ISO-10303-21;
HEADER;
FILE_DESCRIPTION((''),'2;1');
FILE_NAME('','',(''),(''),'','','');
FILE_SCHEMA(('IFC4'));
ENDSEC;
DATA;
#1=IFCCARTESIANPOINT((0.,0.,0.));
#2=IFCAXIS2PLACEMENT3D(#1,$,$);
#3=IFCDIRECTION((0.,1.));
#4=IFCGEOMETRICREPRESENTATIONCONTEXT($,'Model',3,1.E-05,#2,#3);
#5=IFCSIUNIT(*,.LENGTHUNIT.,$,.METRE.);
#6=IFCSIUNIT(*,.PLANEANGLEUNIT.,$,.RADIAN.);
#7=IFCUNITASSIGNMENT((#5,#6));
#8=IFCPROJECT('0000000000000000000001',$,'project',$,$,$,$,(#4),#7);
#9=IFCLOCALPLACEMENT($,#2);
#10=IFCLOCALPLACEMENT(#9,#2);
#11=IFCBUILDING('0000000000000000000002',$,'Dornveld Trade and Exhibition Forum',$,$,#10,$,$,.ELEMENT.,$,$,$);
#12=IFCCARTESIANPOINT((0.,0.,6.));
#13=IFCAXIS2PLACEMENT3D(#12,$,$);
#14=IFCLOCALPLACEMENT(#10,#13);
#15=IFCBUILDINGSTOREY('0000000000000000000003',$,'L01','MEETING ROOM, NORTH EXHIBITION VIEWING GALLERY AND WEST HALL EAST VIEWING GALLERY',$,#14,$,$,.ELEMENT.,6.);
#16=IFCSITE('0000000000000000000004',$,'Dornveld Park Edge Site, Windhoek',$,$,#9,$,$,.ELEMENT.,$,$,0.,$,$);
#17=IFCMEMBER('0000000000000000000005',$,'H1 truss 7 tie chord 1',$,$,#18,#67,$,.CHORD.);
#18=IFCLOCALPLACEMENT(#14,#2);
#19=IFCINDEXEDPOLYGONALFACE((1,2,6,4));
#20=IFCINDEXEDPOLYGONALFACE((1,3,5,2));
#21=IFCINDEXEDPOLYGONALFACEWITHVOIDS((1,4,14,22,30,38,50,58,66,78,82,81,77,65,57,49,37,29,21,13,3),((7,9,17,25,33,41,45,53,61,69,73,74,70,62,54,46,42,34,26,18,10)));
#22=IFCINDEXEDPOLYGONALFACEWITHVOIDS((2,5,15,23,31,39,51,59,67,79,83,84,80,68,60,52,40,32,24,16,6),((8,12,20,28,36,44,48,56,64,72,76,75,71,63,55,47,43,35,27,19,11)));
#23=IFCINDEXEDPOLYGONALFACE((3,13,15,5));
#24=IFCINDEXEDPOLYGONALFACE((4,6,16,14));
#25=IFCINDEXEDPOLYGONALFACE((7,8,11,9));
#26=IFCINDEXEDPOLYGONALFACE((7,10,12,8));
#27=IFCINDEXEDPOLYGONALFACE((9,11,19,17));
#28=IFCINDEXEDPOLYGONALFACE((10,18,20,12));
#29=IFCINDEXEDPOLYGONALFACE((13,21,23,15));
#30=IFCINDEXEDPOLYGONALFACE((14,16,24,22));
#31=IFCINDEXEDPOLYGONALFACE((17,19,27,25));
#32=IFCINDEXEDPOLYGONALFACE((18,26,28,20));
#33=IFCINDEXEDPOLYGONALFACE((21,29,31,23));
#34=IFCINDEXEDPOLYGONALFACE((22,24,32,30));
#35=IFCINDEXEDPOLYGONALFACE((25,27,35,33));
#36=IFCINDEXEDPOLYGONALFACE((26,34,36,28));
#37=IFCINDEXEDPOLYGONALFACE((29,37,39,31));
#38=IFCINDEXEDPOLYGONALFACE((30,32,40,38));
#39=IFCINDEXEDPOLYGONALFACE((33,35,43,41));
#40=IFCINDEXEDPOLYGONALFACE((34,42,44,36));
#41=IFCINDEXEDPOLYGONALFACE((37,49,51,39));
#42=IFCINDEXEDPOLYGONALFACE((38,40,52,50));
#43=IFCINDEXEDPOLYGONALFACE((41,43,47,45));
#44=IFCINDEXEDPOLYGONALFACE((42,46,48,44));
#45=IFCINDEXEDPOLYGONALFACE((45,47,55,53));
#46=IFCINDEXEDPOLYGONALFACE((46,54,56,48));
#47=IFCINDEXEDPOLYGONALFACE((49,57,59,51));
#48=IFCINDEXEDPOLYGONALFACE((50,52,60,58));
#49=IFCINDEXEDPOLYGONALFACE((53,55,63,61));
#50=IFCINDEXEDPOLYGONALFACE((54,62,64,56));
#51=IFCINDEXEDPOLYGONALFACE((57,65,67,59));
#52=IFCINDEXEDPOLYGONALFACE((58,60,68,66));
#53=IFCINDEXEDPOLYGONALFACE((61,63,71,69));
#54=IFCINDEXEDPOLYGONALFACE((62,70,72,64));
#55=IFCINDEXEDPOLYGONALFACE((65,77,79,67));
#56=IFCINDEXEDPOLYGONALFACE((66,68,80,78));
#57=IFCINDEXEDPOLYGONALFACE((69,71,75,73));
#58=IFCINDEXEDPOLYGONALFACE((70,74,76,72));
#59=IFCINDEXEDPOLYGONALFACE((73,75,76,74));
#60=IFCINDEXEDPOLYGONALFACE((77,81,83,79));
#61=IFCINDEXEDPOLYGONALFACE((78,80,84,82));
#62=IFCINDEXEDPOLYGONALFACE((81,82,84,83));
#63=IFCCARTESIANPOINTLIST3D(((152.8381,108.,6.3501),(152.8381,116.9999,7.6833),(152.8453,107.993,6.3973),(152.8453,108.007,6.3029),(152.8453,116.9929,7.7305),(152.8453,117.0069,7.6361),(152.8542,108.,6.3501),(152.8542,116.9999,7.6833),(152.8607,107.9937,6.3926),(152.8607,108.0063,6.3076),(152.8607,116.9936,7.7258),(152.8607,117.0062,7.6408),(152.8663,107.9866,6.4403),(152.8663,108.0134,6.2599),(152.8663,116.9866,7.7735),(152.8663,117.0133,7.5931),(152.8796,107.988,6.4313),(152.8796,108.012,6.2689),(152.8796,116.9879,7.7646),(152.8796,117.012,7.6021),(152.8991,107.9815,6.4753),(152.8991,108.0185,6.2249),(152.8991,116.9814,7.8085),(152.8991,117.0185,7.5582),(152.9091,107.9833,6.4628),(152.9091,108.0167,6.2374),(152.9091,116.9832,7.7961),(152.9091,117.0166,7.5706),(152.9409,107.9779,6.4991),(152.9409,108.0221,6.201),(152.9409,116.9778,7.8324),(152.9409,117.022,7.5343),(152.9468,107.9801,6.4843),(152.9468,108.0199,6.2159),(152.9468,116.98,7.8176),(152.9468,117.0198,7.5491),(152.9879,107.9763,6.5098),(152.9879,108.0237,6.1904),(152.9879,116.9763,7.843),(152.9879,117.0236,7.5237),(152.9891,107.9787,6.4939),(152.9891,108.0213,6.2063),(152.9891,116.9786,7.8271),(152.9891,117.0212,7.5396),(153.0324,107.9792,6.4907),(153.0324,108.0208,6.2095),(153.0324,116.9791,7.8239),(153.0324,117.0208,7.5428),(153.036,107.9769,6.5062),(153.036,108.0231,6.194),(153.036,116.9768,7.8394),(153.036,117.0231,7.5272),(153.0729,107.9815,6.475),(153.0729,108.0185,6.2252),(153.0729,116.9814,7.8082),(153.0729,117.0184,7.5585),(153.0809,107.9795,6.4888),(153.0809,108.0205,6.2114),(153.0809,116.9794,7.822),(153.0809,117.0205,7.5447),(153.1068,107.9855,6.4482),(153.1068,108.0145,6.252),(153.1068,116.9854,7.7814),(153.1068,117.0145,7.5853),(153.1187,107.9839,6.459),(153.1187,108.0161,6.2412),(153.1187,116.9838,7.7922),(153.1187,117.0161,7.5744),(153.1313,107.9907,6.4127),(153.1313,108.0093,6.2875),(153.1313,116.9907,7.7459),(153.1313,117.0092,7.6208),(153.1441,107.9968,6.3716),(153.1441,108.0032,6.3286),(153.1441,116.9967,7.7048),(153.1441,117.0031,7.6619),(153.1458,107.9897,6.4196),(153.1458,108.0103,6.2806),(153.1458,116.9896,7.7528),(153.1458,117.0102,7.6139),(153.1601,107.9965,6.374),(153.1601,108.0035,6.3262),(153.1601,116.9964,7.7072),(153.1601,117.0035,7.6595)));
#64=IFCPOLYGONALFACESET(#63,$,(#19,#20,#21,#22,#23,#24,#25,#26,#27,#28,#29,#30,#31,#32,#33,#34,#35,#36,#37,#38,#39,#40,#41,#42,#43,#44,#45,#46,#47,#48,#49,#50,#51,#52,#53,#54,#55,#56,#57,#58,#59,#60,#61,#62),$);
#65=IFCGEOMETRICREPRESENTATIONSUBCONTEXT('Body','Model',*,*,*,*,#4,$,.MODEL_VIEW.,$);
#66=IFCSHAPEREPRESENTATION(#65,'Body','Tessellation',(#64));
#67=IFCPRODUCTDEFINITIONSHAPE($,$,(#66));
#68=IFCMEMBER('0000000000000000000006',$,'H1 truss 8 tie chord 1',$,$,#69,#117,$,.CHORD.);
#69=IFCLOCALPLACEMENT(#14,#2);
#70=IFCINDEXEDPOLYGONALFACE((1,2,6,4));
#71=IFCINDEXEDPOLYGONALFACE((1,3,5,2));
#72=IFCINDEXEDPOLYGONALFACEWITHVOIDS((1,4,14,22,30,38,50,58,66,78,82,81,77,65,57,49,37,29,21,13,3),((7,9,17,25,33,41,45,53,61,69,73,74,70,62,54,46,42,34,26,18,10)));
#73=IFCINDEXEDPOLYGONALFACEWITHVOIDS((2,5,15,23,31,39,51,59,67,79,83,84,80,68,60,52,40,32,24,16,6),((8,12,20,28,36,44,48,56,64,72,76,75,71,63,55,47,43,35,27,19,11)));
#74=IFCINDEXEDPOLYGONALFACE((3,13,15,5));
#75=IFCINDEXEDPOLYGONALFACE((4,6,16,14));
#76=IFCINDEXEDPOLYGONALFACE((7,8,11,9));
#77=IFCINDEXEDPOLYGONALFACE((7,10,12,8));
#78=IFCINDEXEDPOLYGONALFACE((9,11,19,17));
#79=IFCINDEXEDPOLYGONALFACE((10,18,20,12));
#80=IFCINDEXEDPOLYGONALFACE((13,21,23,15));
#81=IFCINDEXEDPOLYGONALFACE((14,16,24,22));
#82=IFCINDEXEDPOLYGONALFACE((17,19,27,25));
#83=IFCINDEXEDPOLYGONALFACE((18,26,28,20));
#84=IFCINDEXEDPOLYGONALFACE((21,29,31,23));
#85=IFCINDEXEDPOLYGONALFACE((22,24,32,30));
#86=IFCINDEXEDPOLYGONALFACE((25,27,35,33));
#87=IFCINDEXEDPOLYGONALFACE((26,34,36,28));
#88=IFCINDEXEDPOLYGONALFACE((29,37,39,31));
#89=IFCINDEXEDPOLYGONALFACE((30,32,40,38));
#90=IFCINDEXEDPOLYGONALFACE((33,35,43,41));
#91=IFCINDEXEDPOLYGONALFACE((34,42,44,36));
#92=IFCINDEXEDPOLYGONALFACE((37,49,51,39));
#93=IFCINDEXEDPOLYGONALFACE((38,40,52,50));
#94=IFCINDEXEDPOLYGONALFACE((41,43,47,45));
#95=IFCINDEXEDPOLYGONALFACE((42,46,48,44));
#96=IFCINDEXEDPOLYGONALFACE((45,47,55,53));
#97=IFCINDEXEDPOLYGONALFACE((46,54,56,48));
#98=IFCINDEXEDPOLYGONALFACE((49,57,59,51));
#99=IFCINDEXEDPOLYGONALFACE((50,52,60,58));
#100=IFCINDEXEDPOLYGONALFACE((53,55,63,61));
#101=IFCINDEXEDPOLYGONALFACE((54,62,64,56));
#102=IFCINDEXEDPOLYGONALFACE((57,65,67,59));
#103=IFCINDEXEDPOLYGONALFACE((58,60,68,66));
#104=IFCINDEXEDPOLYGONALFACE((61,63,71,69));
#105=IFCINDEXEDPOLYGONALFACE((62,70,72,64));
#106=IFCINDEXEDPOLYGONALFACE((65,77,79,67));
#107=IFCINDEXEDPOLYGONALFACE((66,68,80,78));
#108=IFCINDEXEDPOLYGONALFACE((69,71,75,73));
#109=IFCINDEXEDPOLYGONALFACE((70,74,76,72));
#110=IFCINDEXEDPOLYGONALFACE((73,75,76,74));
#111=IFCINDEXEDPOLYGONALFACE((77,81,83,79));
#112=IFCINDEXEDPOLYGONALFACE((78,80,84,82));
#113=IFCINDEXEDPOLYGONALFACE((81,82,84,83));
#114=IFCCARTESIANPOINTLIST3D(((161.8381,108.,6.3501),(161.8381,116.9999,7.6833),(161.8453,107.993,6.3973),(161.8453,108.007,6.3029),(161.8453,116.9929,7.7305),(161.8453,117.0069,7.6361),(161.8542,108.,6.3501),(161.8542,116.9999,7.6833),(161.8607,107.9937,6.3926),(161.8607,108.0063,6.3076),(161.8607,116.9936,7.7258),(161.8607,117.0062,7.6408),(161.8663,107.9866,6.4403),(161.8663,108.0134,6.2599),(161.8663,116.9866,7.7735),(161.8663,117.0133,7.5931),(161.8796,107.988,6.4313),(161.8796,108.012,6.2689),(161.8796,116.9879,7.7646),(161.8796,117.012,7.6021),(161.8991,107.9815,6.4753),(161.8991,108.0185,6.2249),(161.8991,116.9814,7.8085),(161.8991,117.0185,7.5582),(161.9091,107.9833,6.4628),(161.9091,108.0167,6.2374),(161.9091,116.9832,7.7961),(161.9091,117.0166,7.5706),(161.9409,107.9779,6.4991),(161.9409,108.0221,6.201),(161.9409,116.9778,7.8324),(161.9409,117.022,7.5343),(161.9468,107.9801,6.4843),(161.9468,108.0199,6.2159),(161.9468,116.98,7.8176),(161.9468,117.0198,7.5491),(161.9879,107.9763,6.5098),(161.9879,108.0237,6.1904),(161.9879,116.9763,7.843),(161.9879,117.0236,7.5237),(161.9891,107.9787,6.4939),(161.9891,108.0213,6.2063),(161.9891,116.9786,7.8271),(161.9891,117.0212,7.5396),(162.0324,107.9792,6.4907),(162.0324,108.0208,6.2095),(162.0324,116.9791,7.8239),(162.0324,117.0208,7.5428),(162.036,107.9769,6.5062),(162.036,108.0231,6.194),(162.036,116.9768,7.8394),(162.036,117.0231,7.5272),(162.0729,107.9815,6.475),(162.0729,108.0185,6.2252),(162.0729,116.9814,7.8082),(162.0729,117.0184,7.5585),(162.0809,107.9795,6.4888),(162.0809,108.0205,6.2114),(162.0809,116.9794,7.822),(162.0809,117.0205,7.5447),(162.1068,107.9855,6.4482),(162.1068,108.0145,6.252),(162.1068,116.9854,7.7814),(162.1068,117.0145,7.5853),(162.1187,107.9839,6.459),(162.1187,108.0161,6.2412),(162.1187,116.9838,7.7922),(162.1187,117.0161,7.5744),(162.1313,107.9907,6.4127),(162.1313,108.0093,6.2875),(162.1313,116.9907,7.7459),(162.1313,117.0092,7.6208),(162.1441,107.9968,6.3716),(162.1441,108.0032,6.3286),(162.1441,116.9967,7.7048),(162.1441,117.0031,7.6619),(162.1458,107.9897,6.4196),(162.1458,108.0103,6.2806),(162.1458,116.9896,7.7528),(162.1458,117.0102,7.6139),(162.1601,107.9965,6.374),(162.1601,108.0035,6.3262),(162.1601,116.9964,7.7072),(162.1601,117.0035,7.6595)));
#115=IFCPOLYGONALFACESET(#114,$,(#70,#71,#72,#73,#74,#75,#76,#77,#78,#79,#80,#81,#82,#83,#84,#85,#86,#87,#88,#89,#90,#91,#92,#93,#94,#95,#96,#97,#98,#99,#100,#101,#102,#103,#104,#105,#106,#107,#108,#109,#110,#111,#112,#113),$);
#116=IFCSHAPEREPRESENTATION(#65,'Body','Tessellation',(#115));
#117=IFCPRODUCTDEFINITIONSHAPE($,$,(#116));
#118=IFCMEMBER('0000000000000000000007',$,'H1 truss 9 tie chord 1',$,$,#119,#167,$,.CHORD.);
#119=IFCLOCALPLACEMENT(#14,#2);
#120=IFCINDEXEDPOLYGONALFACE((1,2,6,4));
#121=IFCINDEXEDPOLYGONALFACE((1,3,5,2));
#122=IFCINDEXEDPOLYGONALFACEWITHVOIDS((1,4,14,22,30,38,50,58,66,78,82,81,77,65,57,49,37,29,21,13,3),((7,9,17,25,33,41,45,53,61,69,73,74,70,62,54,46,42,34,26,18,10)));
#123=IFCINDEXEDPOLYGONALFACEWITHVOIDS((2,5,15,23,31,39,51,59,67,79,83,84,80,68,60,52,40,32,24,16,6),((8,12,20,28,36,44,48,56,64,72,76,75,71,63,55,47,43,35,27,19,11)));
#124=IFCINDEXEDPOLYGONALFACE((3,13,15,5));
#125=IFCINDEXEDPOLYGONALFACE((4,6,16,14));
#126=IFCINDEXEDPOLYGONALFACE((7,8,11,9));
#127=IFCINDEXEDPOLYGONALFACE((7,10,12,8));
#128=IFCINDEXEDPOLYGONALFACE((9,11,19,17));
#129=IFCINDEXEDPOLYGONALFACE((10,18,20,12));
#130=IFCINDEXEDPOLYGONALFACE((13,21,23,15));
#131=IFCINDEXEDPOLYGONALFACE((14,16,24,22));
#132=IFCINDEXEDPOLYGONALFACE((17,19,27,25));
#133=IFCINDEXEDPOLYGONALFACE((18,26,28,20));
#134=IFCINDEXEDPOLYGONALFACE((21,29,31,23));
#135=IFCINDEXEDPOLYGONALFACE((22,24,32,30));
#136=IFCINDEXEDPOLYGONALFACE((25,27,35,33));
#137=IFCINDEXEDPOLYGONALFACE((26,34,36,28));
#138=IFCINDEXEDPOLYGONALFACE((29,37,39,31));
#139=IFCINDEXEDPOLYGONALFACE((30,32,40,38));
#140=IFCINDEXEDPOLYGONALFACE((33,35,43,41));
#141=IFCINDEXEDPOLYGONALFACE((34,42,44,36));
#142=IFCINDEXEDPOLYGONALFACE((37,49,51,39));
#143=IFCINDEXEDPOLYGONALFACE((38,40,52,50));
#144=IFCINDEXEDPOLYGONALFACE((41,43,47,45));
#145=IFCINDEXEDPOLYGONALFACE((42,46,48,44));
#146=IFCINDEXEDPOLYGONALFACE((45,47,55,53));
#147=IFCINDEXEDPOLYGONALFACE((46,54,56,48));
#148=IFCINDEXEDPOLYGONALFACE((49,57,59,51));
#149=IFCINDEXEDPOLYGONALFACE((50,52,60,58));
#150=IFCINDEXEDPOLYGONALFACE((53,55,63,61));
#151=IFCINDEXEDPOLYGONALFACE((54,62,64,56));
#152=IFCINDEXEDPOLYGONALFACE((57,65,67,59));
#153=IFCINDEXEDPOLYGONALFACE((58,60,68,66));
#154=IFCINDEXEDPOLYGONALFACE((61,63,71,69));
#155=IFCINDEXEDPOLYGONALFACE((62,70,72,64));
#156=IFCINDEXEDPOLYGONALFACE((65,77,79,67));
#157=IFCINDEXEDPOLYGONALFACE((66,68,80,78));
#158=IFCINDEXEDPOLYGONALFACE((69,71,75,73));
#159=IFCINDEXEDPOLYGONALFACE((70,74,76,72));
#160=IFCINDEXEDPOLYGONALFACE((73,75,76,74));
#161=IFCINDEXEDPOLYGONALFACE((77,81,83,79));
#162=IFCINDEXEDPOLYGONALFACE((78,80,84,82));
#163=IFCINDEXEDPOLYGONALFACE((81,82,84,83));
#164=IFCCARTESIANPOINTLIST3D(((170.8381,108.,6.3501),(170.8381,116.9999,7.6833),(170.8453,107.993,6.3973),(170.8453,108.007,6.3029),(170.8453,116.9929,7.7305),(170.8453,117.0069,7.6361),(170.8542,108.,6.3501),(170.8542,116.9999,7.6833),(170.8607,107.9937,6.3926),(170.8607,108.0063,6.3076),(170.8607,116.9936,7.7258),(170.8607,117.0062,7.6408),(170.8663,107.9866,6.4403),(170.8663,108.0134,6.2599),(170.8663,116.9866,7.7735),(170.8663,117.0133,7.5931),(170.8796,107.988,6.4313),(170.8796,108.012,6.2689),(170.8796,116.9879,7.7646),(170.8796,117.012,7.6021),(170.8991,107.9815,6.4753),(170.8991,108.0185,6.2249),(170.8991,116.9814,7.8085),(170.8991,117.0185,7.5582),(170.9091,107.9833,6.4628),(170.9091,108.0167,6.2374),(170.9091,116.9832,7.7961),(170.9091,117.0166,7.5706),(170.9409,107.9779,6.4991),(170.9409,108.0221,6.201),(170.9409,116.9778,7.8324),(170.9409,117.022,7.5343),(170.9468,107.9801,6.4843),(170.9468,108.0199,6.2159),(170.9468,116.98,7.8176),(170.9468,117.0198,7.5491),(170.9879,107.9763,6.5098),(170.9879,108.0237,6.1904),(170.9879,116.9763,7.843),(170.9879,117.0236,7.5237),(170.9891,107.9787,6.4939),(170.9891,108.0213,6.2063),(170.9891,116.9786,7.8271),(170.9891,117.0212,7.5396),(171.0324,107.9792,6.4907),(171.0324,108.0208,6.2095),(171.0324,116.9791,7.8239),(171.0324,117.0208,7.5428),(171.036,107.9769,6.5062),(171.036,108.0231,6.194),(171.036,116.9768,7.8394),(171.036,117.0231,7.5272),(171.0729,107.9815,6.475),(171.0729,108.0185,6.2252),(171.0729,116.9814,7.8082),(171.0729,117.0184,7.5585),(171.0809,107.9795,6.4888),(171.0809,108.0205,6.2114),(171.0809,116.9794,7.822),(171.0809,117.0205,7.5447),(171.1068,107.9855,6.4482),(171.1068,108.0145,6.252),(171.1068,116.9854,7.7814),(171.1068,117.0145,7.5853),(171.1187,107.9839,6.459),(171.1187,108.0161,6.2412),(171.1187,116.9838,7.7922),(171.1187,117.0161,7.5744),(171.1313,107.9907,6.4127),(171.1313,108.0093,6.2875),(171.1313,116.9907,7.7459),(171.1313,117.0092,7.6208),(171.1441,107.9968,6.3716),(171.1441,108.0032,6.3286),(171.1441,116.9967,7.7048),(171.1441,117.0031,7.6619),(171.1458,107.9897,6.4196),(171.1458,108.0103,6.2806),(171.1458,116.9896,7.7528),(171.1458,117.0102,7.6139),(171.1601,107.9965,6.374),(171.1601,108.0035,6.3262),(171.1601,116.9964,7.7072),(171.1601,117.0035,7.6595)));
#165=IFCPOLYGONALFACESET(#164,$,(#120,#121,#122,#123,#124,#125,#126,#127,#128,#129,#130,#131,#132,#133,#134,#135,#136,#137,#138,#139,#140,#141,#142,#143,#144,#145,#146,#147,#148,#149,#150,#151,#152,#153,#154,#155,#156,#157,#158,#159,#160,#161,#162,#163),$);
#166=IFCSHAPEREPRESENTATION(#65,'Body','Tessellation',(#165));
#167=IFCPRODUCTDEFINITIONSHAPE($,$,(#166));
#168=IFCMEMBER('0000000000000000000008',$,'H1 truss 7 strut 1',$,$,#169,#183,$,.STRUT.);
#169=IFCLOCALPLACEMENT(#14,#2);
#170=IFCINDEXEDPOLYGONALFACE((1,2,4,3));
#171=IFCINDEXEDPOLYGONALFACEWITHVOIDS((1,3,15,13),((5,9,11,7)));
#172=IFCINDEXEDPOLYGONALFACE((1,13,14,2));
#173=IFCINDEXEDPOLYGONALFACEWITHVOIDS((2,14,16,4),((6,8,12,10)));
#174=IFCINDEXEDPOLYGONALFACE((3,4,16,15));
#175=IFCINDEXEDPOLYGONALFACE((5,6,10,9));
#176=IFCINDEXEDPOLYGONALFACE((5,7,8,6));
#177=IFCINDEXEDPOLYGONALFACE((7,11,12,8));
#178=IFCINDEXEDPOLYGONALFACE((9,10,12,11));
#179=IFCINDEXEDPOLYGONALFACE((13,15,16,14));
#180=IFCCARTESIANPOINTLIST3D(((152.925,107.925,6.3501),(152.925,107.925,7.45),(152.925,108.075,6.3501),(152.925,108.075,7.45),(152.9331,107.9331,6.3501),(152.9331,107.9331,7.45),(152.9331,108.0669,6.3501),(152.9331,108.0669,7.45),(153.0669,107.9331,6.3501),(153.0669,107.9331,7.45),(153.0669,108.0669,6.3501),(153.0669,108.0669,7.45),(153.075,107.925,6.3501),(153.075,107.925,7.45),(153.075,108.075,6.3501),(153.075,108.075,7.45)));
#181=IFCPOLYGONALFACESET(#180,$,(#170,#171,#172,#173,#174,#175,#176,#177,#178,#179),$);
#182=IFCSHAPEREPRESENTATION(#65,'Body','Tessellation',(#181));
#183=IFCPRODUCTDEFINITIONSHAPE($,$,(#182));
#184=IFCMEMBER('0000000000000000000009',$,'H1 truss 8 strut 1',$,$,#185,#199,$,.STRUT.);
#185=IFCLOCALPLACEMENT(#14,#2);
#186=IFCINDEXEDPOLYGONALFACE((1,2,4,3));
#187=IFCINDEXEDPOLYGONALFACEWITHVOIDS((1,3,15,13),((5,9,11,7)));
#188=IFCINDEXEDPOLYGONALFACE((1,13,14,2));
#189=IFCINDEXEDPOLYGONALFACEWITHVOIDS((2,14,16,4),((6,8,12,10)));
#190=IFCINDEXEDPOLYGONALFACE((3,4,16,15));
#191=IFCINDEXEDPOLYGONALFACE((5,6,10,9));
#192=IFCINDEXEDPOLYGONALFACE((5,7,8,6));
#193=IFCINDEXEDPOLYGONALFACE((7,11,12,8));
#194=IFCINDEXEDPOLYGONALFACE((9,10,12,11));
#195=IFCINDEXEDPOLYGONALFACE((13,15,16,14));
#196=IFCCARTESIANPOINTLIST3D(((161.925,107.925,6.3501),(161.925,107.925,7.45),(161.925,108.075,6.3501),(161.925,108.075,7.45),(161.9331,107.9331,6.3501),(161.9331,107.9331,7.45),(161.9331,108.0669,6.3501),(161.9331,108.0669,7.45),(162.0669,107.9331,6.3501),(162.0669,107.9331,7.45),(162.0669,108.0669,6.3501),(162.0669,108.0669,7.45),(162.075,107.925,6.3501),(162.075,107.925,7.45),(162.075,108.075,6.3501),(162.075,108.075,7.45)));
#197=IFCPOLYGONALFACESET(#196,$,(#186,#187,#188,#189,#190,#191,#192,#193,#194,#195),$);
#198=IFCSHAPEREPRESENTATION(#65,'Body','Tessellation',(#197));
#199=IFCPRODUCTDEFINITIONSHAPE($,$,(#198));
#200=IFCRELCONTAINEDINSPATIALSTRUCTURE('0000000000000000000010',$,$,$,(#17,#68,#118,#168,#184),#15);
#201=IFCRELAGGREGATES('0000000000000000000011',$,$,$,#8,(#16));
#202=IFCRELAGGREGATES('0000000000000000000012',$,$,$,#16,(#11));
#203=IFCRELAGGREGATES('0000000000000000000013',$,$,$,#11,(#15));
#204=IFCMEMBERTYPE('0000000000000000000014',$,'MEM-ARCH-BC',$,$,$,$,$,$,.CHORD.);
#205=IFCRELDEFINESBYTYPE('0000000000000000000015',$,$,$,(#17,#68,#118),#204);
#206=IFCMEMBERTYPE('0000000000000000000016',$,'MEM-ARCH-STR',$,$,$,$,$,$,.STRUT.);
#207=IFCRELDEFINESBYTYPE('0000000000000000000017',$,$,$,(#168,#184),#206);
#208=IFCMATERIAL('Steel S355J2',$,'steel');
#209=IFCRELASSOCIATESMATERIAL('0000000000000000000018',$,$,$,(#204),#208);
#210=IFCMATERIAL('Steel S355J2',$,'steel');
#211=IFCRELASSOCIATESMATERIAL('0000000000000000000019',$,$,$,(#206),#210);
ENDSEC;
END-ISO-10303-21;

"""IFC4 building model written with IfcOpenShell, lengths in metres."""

from ifc_helpers import new_model, si_unit, direction, frame, origin, origin_2d, place, context, subcontext, project, spatial, hollow_rectangle, hollow_circle, extrude, material, material_profile, profile_set, type_object, element, save


model = new_model("IFC4")

# Units and contexts
model_context = context("Model", 3, precision=1e-05, world=origin(), true_north=direction((0.0, 1.0)))
body_context = subcontext(model_context, "Body", "Model", "MODEL_VIEW")
ifc_project = project(units=[si_unit("LENGTHUNIT", "METRE"), si_unit("PLANEANGLEUNIT", "RADIAN")], contexts=[model_context])

# Site, building, storey
site_placement = place(None, origin())
site = spatial("IfcSite", under=ifc_project, at=site_placement, Name="Dornveld Park Edge Site, Windhoek", CompositionType="ELEMENT", RefElevation=0.0)
building_placement = place(site_placement, origin())
building = spatial("IfcBuilding", under=site, at=building_placement, Name="Dornveld Trade and Exhibition Forum", CompositionType="ELEMENT")
storey_placement = place(building_placement, frame((0.0, 0.0, 6.0)))
storey = spatial("IfcBuildingStorey", under=building, at=storey_placement, Name="L01", Description="MEETING ROOM, NORTH EXHIBITION VIEWING GALLERY AND WEST HALL EAST VIEWING GALLERY", CompositionType="ELEMENT", Elevation=6.0)

# Members
ifc_material_1 = material(Name="Steel S355J2", Category="steel")
ifc_material_profile_1 = material_profile(ifc_material_1, hollow_circle(Radius=0.1619, WallThickness=0.0161, at=origin_2d()), Name="CHS 323.9x16")
ifc_profile_set_1 = profile_set([ifc_material_profile_1], Name="Steel S355J2")
member_type_1 = type_object("IfcMemberType", Name="MEM-ARCH-BC", PredefinedType="CHORD", material=ifc_profile_set_1)
for number, where, z_axis, x_axis, name in (
    (1, (153.0, 108.0, 6.3501), (0.0, 0.989205, 0.14654), (-1.0, 0.0, 0.0), "H1 truss 7 tie chord 1"),
    (2, (162.0, 108.0, 6.3501), (0.0, 0.989205, 0.14654), (-1.0, 0.0, 0.0), "H1 truss 8 tie chord 1"),
    (3, (171.0, 108.0, 6.3501), (0.0, 0.989205, 0.14654), (-1.0, 0.0, 0.0), "H1 truss 9 tie chord 1"),
):
    element("IfcMember", number, at=place(storey_placement, frame(where, z_axis=z_axis, x_axis=x_axis)), inside=storey, type_object=member_type_1, Name=name, PredefinedType="CHORD", context=body_context, shape_type="SweptSolid", body=[
        extrude(hollow_circle(Radius=0.1619, WallThickness=0.0161, at=origin_2d()), origin(), (0.0, 0.0, 1.0), 9.0981),
    ])
ifc_material_2 = material(Name="Steel S355J2", Category="steel")
ifc_material_profile_2 = material_profile(ifc_material_2, hollow_rectangle(XDim=0.1499, YDim=0.1499, WallThickness=0.0081, at=origin_2d()), Name="SHS 150x150x8")
ifc_profile_set_2 = profile_set([ifc_material_profile_2], Name="Steel S355J2")
member_type_2 = type_object("IfcMemberType", Name="MEM-ARCH-STR", PredefinedType="STRUT", material=ifc_profile_set_2)
for number, where, z_axis, x_axis, name in (
    (4, (153.0, 108.0, 6.3501), (0.0, 0.0, 1.0), (1.0, 0.0, 0.0), "H1 truss 7 strut 1"),
    (5, (162.0, 108.0, 6.3501), (0.0, 0.0, 1.0), (1.0, 0.0, 0.0), "H1 truss 8 strut 1"),
):
    element("IfcMember", number, at=place(storey_placement, frame(where, z_axis=z_axis, x_axis=x_axis)), inside=storey, type_object=member_type_2, Name=name, PredefinedType="STRUT", context=body_context, shape_type="SweptSolid", body=[
        extrude(hollow_rectangle(XDim=0.1499, YDim=0.1499, WallThickness=0.0081, at=origin_2d()), origin(), (0.0, 0.0, 1.0), 1.0999),
    ])

save(model, "model.ifc")
